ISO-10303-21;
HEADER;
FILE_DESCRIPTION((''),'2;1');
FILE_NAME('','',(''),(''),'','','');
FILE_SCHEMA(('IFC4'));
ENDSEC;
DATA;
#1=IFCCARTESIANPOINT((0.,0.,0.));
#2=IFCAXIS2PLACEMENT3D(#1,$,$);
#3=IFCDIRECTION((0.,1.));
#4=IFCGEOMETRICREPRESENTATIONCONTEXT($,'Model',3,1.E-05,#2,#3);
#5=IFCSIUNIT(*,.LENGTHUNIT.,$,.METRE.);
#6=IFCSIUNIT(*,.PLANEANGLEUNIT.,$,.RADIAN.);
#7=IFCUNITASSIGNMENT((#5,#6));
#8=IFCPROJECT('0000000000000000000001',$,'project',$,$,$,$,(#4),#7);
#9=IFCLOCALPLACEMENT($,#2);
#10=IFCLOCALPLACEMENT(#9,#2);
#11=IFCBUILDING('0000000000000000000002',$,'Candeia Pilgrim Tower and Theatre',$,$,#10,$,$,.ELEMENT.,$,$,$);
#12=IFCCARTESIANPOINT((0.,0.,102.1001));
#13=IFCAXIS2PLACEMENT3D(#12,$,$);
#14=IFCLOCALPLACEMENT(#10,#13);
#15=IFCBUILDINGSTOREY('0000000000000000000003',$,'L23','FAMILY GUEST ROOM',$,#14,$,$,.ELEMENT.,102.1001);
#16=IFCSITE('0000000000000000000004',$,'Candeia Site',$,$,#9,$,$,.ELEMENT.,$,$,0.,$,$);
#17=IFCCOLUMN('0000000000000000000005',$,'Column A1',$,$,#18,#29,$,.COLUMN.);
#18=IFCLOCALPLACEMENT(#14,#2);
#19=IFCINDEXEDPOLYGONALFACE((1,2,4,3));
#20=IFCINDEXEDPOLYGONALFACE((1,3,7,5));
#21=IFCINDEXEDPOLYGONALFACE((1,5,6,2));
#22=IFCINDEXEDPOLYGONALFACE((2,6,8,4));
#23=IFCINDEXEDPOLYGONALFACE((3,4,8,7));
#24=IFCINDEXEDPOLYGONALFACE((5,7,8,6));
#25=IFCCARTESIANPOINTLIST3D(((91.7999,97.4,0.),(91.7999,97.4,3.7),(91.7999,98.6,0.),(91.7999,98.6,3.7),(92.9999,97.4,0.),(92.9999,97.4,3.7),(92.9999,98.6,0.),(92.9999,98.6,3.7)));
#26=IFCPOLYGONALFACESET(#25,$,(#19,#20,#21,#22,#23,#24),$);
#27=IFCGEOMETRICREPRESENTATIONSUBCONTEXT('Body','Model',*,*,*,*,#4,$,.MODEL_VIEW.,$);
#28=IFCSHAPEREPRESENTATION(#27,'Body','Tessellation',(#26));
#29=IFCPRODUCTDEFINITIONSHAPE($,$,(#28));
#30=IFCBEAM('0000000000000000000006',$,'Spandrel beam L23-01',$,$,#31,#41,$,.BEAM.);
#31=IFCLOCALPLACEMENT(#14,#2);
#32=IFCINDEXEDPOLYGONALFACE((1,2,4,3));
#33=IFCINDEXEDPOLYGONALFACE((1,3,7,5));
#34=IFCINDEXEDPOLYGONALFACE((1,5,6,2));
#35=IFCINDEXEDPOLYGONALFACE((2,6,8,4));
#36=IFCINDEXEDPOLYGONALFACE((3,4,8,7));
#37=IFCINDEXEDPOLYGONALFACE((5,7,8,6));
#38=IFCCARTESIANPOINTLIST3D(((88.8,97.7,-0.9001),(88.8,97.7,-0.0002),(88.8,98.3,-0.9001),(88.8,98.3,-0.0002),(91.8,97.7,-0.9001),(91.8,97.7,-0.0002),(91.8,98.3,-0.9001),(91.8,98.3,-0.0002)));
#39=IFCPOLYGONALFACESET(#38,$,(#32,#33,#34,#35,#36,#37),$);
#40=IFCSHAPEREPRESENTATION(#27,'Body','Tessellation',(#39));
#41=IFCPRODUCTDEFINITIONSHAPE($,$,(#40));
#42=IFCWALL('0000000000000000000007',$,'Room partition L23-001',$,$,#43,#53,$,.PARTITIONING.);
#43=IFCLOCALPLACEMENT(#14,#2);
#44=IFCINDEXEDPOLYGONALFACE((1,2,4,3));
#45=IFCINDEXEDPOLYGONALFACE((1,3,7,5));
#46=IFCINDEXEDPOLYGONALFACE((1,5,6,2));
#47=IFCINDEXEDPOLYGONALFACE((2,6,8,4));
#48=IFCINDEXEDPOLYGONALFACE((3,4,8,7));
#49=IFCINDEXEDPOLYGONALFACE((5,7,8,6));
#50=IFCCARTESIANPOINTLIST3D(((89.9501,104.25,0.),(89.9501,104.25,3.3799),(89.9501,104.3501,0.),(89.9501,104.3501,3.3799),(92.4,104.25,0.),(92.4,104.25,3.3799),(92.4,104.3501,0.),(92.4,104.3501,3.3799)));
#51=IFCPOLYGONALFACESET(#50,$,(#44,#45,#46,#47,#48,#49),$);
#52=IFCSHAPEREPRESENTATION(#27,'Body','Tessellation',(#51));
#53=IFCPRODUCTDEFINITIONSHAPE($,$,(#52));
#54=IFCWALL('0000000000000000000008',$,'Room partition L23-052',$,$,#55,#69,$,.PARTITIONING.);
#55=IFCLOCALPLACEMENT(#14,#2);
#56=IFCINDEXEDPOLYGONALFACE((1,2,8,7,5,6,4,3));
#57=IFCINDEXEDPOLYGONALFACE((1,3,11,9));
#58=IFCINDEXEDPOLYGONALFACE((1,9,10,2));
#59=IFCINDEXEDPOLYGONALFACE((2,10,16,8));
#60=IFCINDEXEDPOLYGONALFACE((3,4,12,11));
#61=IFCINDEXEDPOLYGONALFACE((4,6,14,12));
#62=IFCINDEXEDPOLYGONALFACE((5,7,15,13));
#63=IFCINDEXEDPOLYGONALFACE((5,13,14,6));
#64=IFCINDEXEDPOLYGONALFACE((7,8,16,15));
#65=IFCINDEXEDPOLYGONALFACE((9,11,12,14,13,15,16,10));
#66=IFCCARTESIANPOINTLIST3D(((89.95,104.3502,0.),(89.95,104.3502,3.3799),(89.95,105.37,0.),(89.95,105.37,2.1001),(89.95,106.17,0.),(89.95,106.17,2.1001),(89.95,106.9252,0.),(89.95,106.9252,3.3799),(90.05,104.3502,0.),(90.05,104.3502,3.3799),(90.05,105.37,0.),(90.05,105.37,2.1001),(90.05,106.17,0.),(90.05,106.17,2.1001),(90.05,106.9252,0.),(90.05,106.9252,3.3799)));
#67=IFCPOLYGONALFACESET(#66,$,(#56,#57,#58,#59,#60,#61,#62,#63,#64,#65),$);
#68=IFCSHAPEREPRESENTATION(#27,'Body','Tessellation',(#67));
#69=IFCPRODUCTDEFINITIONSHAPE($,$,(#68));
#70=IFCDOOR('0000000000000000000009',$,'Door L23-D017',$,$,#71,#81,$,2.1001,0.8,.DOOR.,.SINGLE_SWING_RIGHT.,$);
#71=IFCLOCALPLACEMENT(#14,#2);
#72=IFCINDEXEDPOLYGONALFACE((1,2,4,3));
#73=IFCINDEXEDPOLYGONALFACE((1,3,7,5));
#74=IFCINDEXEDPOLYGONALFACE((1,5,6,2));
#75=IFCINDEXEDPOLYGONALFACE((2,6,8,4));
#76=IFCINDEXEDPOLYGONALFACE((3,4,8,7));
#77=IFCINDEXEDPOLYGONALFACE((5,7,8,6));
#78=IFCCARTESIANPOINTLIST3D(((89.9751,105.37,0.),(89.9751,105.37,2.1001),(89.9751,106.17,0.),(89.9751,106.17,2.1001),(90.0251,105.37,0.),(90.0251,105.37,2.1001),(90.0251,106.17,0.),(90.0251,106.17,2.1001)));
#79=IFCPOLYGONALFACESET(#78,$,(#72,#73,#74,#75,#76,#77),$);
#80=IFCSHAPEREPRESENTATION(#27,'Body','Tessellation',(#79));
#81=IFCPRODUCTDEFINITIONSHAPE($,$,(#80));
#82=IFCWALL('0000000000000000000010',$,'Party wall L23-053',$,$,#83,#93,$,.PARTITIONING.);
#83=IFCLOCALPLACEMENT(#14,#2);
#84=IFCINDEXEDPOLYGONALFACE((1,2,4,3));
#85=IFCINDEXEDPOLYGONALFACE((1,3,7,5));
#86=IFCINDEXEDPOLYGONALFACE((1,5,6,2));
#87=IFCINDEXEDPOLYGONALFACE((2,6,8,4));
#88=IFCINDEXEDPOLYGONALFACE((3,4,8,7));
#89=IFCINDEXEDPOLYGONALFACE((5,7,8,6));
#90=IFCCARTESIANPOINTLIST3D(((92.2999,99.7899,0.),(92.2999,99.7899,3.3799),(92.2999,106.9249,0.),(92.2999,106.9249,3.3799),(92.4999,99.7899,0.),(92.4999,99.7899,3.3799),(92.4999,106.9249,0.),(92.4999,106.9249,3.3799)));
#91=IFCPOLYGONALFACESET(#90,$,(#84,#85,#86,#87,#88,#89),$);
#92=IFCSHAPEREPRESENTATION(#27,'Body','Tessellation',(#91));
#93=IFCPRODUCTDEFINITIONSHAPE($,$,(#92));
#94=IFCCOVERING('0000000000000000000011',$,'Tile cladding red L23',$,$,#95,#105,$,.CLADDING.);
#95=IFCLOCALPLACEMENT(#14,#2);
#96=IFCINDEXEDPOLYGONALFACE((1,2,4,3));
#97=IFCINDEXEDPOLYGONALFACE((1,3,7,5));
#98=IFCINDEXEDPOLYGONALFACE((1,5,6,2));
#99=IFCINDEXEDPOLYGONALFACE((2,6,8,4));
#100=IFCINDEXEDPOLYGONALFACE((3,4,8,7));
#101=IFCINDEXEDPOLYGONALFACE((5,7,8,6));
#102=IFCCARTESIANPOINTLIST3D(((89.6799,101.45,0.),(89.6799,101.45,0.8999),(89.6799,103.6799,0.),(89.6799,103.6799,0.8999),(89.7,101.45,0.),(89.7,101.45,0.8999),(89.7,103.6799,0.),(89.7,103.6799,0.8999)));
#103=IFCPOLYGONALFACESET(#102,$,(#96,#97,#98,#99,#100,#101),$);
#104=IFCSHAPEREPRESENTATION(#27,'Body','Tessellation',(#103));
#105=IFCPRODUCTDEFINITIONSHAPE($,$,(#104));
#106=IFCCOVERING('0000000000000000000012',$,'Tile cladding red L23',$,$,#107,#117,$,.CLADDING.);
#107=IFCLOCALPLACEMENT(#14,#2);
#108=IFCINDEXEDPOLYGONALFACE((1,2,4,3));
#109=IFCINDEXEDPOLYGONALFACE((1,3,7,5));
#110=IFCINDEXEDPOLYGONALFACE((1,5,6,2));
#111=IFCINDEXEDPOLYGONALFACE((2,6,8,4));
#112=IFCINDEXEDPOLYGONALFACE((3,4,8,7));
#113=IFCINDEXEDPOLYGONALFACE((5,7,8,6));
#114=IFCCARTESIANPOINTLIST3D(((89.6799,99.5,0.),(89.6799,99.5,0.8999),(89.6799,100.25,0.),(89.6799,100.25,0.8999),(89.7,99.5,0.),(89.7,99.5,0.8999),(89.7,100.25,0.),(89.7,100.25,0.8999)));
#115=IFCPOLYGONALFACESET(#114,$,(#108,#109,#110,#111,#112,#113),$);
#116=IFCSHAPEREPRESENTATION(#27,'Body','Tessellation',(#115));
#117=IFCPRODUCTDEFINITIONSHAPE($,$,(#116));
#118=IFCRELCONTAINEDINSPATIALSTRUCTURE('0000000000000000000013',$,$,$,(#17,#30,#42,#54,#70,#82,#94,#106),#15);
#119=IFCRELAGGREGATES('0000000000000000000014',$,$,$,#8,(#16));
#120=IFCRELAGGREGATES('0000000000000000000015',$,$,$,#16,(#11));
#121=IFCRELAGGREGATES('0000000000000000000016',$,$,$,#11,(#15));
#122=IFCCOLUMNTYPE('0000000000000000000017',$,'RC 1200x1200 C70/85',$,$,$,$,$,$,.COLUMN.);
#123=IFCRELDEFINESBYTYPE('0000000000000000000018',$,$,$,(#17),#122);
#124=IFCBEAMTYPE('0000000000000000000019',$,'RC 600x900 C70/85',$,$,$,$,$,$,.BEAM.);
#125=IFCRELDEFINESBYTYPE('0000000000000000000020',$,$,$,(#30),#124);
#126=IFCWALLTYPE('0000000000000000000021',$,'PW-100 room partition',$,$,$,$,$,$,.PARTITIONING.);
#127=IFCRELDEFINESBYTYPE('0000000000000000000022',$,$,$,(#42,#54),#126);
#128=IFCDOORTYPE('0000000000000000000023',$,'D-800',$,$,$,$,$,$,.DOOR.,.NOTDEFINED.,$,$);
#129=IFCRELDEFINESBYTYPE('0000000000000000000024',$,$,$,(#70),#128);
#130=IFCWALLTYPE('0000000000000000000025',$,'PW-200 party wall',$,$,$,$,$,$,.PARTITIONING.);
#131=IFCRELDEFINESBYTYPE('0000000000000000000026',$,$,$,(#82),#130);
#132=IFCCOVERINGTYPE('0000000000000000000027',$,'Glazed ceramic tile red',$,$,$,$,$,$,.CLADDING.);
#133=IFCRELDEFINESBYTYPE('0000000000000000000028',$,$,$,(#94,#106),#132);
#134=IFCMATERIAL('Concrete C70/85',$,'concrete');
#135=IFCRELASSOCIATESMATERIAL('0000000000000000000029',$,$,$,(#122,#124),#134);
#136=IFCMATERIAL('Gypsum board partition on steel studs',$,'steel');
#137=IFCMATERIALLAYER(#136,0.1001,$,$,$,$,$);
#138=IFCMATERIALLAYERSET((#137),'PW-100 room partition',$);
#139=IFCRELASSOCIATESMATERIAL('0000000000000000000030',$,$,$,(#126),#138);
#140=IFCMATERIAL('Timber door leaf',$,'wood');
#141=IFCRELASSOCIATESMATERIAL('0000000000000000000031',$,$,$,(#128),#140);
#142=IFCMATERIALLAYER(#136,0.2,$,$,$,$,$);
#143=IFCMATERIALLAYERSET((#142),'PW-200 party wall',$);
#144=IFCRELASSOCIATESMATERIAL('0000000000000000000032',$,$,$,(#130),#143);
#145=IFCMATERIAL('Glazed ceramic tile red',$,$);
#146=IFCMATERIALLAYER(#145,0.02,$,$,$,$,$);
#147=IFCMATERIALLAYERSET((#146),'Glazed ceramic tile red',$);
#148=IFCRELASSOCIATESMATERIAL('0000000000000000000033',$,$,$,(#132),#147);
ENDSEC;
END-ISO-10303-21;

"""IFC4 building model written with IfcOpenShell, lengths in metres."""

from ifc_helpers import new_model, si_unit, direction, frame, frame_2d, origin, origin_2d, place, context, subcontext, project, spatial, rectangle, extrude, material, layer, layer_set, material_profile, profile_set, type_object, element, fill, save


model = new_model("IFC4")

# Units and contexts
model_context = context("Model", 3, precision=1e-05, world=origin(), true_north=direction((0.0, 1.0)))
body_context = subcontext(model_context, "Body", "Model", "MODEL_VIEW")
ifc_project = project(units=[si_unit("LENGTHUNIT", "METRE"), si_unit("PLANEANGLEUNIT", "RADIAN")], contexts=[model_context])

# Site, building, storey
site_placement = place(None, origin())
site = spatial("IfcSite", under=ifc_project, at=site_placement, Name="Candeia Site", CompositionType="ELEMENT", RefElevation=0.0)
building_placement = place(site_placement, origin())
building = spatial("IfcBuilding", under=site, at=building_placement, Name="Candeia Pilgrim Tower and Theatre", CompositionType="ELEMENT")
storey_placement = place(building_placement, frame((0.0, 0.0, 102.1001)))
storey = spatial("IfcBuildingStorey", under=building, at=storey_placement, Name="L23", Description="FAMILY GUEST ROOM", CompositionType="ELEMENT", Elevation=102.1001)

# Column
ifc_material_1 = material(Name="Concrete C70/85", Category="concrete")
ifc_material_profile_1 = material_profile(ifc_material_1, rectangle(XDim=1.2, YDim=1.2, at=origin_2d()))
ifc_profile_set_1 = profile_set([ifc_material_profile_1], Name="Concrete C70/85")
column_type = type_object("IfcColumnType", Name="RC 1200x1200 C70/85", PredefinedType="COLUMN", material=ifc_profile_set_1)
column_placement = place(storey_placement, frame((92.3999, 98.0, 0.0), z_axis=(0.0, 0.0, 1.0), x_axis=(1.0, 0.0, 0.0)))
element("IfcColumn", 1, at=column_placement, inside=storey, type_object=column_type, Name="Column A1", PredefinedType="COLUMN", context=body_context, shape_type="SweptSolid", body=[
    extrude(rectangle(XDim=1.2, YDim=1.2, at=origin_2d()), origin(), (0.0, 0.0, 1.0), 3.7),
])

# Beam
ifc_material_profile_2 = material_profile(ifc_material_1, rectangle(XDim=0.6001, YDim=0.8999, at=origin_2d()))
ifc_profile_set_2 = profile_set([ifc_material_profile_2], Name="Concrete C70/85")
beam_type = type_object("IfcBeamType", Name="RC 600x900 C70/85", PredefinedType="BEAM", material=ifc_profile_set_2)
beam_placement = place(storey_placement, frame((88.8, 98.0, -0.4502), z_axis=(1.0, 0.0, 0.0), x_axis=(0.0, 1.0, 0.0)))
element("IfcBeam", 2, at=beam_placement, inside=storey, type_object=beam_type, Name="Spandrel beam L23-01", PredefinedType="BEAM", context=body_context, shape_type="SweptSolid", body=[
    extrude(rectangle(XDim=0.6001, YDim=0.8999, at=origin_2d()), origin(), (0.0, 0.0, 1.0), 3.0),
])

# Wall
ifc_material_2 = material(Name="Gypsum board partition on steel studs", Category="steel")
ifc_layer_1 = layer(ifc_material_2, 0.1001)
ifc_layer_set_1 = layer_set([ifc_layer_1], Name="PW-100 room partition")
wall_type_1 = type_object("IfcWallType", Name="PW-100 room partition", PredefinedType="PARTITIONING", material=ifc_layer_set_1)
wall_1_placement = place(storey_placement, frame((89.95, 104.3, 0.0), z_axis=(0.0, 0.0, 1.0), x_axis=(1.0, 0.0, 0.0)))
element("IfcWall", 3, at=wall_1_placement, inside=storey, type_object=wall_type_1, Name="Room partition L23-001", PredefinedType="PARTITIONING", context=body_context, shape_type="SweptSolid", body=[
    extrude(rectangle(XDim=2.45, YDim=0.1001, at=frame_2d((1.2251, 0.0))), origin(), (0.0, 0.0, 1.0), 3.3799),
])

# Wall, opening, door
wall_2_placement = place(storey_placement, frame((90.0, 104.3501, 0.0), z_axis=(0.0, 0.0, 1.0), x_axis=(0.0, 1.0, 0.0)))
wall_2 = element("IfcWall", 4, at=wall_2_placement, inside=storey, type_object=wall_type_1, Name="Room partition L23-052", PredefinedType="PARTITIONING", context=body_context, shape_type="SweptSolid", body=[
    extrude(rectangle(XDim=2.575, YDim=0.1001, at=frame_2d((1.2876, 0.0))), origin(), (0.0, 0.0, 1.0), 3.3799),
])
opening_1_placement = place(wall_2_placement, frame((1.02, 0.0, 0.0)))
opening_1 = element("IfcOpeningElement", 5, at=opening_1_placement, cuts=wall_2, PredefinedType="OPENING", context=body_context, shape_type="SweptSolid", body=[
    extrude(rectangle(XDim=0.8, YDim=2.1001, at=frame_2d((0.3999, 1.05))), frame((0.0, 0.0601, 0.0), z_axis=(0.0, -1.0, 0.0), x_axis=(1.0, 0.0, 0.0)), (0.0, 0.0, 1.0), 0.1201),
])
ifc_material_3 = material(Name="Timber door leaf", Category="wood")
door_type_1 = type_object("IfcDoorType", Name="D-800", OperationType="NOTDEFINED", PredefinedType="DOOR", material=ifc_material_3)
door_1_placement = place(opening_1_placement, origin())
door_1 = element("IfcDoor", 6, at=door_1_placement, inside=storey, type_object=door_type_1, Name="Door L23-D017", OperationType="SINGLE_SWING_RIGHT", OverallHeight=2.1001, OverallWidth=0.8, PredefinedType="DOOR", context=body_context, shape_type="SweptSolid", body=[
    extrude(rectangle(XDim=0.8, YDim=2.1001, at=frame_2d((0.3999, 1.05))), frame((0.0, 0.0249, 0.0), z_axis=(0.0, -1.0, 0.0), x_axis=(1.0, 0.0, 0.0)), (0.0, 0.0, 1.0), 0.05),
])
fill(opening_1, door_1)

# Wall
ifc_layer_2 = layer(ifc_material_2, 0.2)
ifc_layer_set_2 = layer_set([ifc_layer_2], Name="PW-200 party wall")
wall_type_2 = type_object("IfcWallType", Name="PW-200 party wall", PredefinedType="PARTITIONING", material=ifc_layer_set_2)
wall_3_placement = place(storey_placement, frame((92.3999, 99.79, 0.0), z_axis=(0.0, 0.0, 1.0), x_axis=(0.0, 1.0, 0.0)))
element("IfcWall", 7, at=wall_3_placement, inside=storey, type_object=wall_type_2, Name="Party wall L23-053", PredefinedType="PARTITIONING", context=body_context, shape_type="SweptSolid", body=[
    extrude(rectangle(XDim=7.135, YDim=0.2, at=frame_2d((3.5674, 0.0))), origin(), (0.0, 0.0, 1.0), 3.3799),
])

# Coverings
ifc_material_4 = material(Name="Glazed ceramic tile red")
ifc_layer_3 = layer(ifc_material_4, 0.02)
ifc_layer_set_3 = layer_set([ifc_layer_3], Name="Glazed ceramic tile red")
covering_type = type_object("IfcCoveringType", Name="Glazed ceramic tile red", PredefinedType="CLADDING", material=ifc_layer_set_3)
covering_1_placement = place(storey_placement, frame((89.6899, 102.5649, 0.0), z_axis=(0.0, 0.0, 1.0), x_axis=(0.0, -1.0, 0.0)))
element("IfcCovering", 8, at=covering_1_placement, inside=storey, type_object=covering_type, Name="Tile cladding red L23", PredefinedType="CLADDING", context=body_context, shape_type="SweptSolid", body=[
    extrude(rectangle(XDim=2.23, YDim=0.02, at=origin_2d()), origin(), (0.0, 0.0, 1.0), 0.8999),
])
covering_2_placement = place(storey_placement, frame((89.6899, 99.875, 0.0), z_axis=(0.0, 0.0, 1.0), x_axis=(0.0, -1.0, 0.0)))
element("IfcCovering", 9, at=covering_2_placement, inside=storey, type_object=covering_type, Name="Tile cladding red L23", PredefinedType="CLADDING", context=body_context, shape_type="SweptSolid", body=[
    extrude(rectangle(XDim=0.75, YDim=0.02, at=origin_2d()), origin(), (0.0, 0.0, 1.0), 0.8999),
])

save(model, "model.ifc")
